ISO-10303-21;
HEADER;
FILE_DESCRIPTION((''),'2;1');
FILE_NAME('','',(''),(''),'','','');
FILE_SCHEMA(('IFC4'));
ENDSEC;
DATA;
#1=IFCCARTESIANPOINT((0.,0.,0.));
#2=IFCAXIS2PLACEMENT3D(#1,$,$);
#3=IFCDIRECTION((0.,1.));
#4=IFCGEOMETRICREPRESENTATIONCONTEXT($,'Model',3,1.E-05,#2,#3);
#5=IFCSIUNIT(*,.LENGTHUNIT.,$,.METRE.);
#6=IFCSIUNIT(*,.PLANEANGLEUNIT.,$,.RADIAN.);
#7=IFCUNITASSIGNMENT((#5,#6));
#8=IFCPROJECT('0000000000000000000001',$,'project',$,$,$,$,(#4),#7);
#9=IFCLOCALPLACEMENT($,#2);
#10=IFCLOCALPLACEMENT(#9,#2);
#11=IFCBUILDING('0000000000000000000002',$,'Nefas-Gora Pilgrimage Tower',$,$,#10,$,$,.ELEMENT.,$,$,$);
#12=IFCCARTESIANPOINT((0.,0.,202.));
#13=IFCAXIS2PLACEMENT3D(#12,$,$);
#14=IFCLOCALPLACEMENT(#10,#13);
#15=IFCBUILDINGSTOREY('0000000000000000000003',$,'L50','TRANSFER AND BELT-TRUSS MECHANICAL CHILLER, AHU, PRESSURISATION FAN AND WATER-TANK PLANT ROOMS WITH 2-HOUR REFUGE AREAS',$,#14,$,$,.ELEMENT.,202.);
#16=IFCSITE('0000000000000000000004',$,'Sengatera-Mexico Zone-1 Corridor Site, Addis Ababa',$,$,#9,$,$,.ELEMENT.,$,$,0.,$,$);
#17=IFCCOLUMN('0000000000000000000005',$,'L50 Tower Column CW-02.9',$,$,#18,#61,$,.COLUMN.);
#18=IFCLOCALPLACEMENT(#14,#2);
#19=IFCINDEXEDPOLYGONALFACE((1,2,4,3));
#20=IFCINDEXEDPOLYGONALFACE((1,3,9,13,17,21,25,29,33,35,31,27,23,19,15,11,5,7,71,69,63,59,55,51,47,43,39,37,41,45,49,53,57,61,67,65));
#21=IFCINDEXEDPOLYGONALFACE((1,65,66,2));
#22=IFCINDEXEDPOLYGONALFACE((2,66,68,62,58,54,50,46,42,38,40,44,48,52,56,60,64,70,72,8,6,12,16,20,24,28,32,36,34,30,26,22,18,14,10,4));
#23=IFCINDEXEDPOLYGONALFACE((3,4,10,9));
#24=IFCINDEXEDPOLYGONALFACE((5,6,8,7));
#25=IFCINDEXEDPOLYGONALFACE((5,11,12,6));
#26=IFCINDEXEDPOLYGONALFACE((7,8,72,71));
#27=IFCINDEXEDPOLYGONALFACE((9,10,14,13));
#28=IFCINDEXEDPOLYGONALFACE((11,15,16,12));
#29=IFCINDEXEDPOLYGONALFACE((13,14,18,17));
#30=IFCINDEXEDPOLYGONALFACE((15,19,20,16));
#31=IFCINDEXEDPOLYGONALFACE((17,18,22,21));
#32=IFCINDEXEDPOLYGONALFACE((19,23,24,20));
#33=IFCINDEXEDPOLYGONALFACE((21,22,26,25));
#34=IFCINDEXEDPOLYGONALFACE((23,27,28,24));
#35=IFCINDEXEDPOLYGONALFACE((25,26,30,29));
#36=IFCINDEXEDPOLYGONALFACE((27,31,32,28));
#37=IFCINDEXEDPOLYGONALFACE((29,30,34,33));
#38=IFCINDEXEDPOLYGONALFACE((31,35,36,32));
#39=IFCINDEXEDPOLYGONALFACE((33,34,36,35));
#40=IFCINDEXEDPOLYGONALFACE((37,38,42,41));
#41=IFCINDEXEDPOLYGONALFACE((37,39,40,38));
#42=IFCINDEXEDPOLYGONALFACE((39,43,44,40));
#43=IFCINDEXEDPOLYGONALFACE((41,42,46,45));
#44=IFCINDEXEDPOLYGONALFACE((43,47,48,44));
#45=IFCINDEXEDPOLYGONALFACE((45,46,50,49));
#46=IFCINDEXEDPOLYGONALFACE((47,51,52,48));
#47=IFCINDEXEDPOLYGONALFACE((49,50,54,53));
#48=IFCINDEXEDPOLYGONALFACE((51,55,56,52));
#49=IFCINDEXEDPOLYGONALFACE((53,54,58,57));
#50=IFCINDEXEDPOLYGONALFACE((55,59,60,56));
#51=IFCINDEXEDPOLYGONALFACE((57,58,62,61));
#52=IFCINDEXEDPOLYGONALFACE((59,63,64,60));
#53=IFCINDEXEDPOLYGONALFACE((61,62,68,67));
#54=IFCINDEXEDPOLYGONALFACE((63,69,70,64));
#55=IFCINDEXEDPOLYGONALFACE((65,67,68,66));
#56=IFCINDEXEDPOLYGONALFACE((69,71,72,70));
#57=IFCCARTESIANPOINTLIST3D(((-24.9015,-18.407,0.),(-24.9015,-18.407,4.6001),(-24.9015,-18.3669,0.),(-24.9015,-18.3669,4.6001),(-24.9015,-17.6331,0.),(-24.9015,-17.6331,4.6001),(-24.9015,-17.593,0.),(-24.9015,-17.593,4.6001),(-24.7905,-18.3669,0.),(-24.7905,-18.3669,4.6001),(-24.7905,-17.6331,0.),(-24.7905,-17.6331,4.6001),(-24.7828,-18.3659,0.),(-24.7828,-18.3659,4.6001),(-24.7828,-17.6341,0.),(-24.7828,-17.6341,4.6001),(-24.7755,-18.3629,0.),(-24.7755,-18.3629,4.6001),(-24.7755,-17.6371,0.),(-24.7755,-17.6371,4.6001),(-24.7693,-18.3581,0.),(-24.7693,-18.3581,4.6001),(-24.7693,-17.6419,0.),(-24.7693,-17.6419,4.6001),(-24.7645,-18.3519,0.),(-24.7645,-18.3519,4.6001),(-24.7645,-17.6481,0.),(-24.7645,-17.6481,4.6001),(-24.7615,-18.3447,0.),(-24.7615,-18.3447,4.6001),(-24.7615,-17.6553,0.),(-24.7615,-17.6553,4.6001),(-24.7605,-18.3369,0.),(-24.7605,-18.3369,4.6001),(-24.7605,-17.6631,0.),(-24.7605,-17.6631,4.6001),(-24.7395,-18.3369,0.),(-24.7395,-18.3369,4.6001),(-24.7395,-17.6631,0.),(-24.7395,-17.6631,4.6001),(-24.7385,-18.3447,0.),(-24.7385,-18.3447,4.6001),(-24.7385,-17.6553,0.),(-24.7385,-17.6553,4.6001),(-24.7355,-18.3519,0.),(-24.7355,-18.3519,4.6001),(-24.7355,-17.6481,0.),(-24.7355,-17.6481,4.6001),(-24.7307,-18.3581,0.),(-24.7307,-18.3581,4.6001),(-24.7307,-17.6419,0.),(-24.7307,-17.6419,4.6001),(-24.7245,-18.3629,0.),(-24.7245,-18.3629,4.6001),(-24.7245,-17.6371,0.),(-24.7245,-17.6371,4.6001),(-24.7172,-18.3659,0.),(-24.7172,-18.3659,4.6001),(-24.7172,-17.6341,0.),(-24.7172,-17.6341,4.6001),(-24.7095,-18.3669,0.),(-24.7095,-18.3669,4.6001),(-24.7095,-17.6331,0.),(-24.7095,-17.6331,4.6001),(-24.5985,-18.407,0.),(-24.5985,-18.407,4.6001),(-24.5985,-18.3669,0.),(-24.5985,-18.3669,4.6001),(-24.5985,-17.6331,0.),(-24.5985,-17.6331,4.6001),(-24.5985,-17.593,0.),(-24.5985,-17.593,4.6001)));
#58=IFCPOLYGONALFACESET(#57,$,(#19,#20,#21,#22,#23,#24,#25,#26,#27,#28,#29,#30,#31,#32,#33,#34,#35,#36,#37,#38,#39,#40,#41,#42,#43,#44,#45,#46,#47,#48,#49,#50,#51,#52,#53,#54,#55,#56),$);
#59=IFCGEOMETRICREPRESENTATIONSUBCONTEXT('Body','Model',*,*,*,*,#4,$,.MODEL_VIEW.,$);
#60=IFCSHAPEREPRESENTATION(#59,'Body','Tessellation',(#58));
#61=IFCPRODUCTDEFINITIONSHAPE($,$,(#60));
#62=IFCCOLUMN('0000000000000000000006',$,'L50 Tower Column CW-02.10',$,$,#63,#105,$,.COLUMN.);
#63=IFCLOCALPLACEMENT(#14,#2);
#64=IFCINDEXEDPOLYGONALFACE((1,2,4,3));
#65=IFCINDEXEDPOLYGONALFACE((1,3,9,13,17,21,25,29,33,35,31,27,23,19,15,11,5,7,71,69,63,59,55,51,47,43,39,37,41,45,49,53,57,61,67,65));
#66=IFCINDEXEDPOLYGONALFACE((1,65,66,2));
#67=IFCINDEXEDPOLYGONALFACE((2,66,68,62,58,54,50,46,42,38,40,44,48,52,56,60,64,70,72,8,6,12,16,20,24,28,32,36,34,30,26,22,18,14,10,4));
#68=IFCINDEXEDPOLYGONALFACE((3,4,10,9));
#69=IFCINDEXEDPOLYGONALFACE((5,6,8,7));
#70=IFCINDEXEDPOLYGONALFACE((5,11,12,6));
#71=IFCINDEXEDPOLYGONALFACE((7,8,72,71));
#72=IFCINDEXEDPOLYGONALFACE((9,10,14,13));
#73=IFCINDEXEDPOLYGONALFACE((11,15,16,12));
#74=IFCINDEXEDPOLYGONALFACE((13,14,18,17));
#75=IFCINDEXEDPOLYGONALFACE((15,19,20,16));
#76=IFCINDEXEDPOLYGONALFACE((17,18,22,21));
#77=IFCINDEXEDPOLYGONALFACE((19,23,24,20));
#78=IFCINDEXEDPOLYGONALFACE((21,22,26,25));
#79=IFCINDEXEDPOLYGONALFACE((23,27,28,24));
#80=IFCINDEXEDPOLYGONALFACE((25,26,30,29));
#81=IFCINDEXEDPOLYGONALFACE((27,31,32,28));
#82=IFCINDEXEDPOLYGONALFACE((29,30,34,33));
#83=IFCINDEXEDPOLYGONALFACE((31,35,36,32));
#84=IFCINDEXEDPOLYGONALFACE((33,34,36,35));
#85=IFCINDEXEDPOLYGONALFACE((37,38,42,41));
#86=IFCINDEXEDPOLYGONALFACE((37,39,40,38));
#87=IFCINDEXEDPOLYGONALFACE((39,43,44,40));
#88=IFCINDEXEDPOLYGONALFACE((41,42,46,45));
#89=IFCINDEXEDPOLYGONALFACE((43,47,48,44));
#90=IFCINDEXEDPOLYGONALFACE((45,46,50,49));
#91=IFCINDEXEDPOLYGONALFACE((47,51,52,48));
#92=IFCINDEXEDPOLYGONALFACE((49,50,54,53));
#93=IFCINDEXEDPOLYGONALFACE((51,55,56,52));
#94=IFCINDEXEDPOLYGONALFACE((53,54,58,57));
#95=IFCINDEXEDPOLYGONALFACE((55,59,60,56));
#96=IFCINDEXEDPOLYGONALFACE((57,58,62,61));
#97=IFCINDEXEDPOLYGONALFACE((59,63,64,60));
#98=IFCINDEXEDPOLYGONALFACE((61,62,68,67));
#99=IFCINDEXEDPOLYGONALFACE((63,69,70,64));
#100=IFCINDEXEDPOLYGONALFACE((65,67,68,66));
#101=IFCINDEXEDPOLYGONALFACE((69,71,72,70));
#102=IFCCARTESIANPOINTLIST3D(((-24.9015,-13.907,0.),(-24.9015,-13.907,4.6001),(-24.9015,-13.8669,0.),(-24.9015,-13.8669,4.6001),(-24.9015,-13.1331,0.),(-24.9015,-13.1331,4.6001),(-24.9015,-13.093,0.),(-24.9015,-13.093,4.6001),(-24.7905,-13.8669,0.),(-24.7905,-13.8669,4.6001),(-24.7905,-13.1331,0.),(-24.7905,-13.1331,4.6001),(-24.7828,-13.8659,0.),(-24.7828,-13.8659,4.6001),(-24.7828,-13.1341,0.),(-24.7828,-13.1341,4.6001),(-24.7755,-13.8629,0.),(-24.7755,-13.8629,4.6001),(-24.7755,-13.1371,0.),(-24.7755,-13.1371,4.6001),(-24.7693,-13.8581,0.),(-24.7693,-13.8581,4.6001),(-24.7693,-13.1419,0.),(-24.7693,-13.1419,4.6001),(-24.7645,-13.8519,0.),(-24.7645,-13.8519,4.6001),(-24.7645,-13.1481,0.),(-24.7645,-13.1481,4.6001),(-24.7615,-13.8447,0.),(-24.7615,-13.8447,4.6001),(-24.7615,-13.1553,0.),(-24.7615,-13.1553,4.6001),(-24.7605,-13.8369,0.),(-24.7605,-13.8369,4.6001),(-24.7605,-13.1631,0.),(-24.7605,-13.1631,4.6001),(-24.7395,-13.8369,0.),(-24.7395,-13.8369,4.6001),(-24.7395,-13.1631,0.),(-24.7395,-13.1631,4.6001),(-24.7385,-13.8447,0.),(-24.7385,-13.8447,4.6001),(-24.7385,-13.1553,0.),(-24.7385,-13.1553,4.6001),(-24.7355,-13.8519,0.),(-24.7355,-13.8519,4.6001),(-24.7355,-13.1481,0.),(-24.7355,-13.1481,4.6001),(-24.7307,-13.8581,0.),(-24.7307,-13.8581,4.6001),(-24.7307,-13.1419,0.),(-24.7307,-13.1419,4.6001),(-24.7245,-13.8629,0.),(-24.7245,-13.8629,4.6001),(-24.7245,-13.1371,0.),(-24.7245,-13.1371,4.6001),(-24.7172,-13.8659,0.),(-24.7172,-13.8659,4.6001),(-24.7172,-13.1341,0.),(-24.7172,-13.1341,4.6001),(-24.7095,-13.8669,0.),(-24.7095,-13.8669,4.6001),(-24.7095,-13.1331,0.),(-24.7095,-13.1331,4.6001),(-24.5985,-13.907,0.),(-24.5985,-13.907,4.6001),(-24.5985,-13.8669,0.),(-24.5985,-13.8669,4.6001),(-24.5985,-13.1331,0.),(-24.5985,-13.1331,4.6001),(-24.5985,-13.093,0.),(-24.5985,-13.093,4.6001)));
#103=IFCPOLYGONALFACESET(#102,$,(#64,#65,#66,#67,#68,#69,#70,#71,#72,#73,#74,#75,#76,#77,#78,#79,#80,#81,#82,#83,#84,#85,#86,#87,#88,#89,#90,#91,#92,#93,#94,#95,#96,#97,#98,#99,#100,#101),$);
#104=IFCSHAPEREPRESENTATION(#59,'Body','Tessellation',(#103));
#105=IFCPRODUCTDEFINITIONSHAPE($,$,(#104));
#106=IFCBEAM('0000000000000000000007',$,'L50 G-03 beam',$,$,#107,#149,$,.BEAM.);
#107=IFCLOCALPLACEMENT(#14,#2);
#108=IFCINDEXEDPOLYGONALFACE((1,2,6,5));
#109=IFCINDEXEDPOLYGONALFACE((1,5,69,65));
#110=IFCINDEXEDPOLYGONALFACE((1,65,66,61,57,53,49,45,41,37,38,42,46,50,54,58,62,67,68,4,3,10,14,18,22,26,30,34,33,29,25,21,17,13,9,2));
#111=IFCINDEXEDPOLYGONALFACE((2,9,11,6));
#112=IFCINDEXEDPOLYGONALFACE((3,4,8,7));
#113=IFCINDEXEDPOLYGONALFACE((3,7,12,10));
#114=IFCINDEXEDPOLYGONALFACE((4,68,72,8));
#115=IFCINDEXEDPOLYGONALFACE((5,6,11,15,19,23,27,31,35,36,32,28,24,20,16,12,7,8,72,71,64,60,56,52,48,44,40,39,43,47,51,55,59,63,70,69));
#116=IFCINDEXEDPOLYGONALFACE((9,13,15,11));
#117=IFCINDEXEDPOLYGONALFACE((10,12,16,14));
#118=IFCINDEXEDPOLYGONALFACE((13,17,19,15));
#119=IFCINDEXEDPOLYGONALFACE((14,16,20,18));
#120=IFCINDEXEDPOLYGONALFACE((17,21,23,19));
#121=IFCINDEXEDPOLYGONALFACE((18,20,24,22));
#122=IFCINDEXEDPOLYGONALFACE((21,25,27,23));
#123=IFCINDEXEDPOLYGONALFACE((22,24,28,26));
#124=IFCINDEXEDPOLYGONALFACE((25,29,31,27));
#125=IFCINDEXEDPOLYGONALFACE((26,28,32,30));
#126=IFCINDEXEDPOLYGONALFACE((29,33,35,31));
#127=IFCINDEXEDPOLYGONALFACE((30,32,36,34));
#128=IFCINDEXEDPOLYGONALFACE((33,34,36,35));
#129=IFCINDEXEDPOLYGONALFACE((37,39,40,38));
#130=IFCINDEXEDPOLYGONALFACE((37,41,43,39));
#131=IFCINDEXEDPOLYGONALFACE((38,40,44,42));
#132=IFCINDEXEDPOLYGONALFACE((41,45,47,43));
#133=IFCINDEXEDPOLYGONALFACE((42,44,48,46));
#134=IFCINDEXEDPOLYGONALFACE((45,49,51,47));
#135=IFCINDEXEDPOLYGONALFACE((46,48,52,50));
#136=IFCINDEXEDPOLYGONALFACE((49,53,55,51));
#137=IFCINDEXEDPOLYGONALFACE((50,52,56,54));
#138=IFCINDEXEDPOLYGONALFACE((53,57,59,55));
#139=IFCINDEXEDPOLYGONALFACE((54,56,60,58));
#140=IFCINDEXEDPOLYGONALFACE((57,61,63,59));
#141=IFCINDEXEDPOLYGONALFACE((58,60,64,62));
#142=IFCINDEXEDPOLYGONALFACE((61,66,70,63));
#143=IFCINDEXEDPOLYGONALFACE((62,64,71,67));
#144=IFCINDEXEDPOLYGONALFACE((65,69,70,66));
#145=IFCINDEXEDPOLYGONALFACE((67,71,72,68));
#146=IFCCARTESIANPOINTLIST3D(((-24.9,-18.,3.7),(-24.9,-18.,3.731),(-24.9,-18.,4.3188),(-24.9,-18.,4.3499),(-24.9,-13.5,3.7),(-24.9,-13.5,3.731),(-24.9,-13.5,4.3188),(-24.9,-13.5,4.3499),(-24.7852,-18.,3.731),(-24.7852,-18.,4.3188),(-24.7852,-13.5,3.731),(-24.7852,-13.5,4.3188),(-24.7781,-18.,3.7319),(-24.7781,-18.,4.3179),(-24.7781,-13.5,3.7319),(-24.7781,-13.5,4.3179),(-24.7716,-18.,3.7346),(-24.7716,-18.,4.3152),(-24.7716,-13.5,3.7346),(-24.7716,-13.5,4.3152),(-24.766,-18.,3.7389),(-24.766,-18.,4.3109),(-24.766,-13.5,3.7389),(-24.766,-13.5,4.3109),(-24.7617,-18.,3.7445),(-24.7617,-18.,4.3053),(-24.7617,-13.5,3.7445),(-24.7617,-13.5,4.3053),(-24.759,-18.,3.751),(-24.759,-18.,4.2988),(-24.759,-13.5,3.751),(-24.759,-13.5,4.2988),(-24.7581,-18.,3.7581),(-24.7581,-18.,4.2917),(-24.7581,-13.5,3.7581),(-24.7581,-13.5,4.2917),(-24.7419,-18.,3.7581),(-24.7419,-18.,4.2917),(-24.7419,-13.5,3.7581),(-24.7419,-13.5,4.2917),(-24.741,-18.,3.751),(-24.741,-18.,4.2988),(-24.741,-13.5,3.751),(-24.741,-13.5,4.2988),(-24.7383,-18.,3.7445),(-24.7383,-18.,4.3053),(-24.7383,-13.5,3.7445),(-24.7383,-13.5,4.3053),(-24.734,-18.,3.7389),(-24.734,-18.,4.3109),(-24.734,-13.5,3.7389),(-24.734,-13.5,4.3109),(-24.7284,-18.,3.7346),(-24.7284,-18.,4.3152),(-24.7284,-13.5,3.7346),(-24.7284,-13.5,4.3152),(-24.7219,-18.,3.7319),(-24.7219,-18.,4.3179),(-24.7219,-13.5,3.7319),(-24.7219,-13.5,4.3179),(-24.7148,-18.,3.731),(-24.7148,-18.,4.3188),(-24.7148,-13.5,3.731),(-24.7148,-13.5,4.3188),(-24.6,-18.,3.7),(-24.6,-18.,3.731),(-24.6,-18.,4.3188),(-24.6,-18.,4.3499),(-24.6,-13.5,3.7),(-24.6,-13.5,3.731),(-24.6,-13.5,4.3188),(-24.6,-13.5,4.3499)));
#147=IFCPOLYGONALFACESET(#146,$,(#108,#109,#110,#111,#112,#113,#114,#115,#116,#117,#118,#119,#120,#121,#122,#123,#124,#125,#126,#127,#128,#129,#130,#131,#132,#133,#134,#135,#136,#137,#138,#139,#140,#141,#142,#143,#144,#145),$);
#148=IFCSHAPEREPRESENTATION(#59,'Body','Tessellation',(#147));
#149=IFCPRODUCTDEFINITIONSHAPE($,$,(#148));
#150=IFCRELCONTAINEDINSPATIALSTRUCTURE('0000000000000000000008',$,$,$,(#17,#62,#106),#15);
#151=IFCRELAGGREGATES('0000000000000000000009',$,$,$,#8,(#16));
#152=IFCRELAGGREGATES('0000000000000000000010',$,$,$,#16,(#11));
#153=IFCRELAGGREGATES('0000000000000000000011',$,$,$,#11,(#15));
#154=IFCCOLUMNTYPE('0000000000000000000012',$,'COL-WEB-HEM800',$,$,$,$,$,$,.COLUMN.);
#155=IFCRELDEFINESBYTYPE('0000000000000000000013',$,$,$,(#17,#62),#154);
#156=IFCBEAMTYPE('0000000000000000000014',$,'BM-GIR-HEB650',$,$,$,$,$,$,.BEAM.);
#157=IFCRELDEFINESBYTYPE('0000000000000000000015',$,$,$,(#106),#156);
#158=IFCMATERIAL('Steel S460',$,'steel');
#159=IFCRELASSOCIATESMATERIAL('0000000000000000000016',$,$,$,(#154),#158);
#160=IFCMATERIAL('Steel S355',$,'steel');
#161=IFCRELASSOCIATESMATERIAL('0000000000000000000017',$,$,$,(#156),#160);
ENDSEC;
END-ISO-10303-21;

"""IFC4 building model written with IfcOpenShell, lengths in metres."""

from ifc_helpers import new_model, si_unit, direction, frame, origin, origin_2d, place, context, subcontext, project, spatial, i_section, extrude, source, transform, mapped, material, material_profile, profile_set, type_object, element, save


model = new_model("IFC4")

# Units and contexts
model_context = context("Model", 3, precision=1e-05, world=origin(), true_north=direction((0.0, 1.0)))
body_context = subcontext(model_context, "Body", "Model", "MODEL_VIEW")
ifc_project = project(units=[si_unit("LENGTHUNIT", "METRE"), si_unit("PLANEANGLEUNIT", "RADIAN")], contexts=[model_context])

# Site, building, storey
site_placement = place(None, origin())
site = spatial("IfcSite", under=ifc_project, at=site_placement, Name="Sengatera-Mexico Zone-1 Corridor Site, Addis Ababa", CompositionType="ELEMENT", RefElevation=0.0)
building_placement = place(site_placement, origin())
building = spatial("IfcBuilding", under=site, at=building_placement, Name="Nefas-Gora Pilgrimage Tower", CompositionType="ELEMENT")
storey_placement = place(building_placement, frame((0.0, 0.0, 202.0)))
storey = spatial("IfcBuildingStorey", under=building, at=storey_placement, Name="L50", Description="TRANSFER AND BELT-TRUSS MECHANICAL CHILLER, AHU, PRESSURISATION FAN AND WATER-TANK PLANT ROOMS WITH 2-HOUR REFUGE AREAS", CompositionType="ELEMENT", Elevation=202.0)

# Columns
ifc_material_1 = material(Name="Steel S460", Category="steel")
ifc_material_profile_1 = material_profile(ifc_material_1, i_section(OverallWidth=0.303, OverallDepth=0.814, WebThickness=0.021, FlangeThickness=0.04, FilletRadius=0.03, at=origin_2d()), Name="HEM 800")
ifc_profile_set_1 = profile_set([ifc_material_profile_1], Name="Steel S460")
column_type_1 = type_object("IfcColumnType", Name="COL-WEB-HEM800", PredefinedType="COLUMN", material=ifc_profile_set_1)
shared_shape_1 = source(origin(), body_context, "Body", "SweptSolid", [
    extrude(i_section(OverallWidth=0.303, OverallDepth=0.814, WebThickness=0.021, FlangeThickness=0.04, FilletRadius=0.03, at=origin_2d()), origin(), (0.0, 0.0, 1.0), 4.6001),
])
for number, where, z_axis, x_axis, name in (
    (1, (-24.75, -18.0, 0.0), (0.0, 0.0, 1.0), (1.0, 0.0, 0.0), "L50 Tower Column CW-02.9"),
    (2, (-24.75, -13.5, 0.0), (0.0, 0.0, 1.0), (1.0, 0.0, 0.0), "L50 Tower Column CW-02.10"),
):
    element("IfcColumn", number, at=place(storey_placement, frame(where, z_axis=z_axis, x_axis=x_axis)), inside=storey, type_object=column_type_1, Name=name, PredefinedType="COLUMN", context=body_context, shape_type="MappedRepresentation", body=[
        mapped(shared_shape_1, transform((0.0, 0.0, 0.0), x_axis=(1.0, 0.0, 0.0), y_axis=(0.0, 1.0, 0.0), z_axis=(0.0, 0.0, 1.0), scale=1.0)),
    ])

# Beam
ifc_material_2 = material(Name="Steel S355", Category="steel")
ifc_material_profile_2 = material_profile(ifc_material_2, i_section(OverallWidth=0.3, OverallDepth=0.6499, WebThickness=0.0161, FlangeThickness=0.031, FilletRadius=0.0271, at=origin_2d()), Name="HEB 650")
ifc_profile_set_2 = profile_set([ifc_material_profile_2], Name="Steel S355")
beam_type = type_object("IfcBeamType", Name="BM-GIR-HEB650", PredefinedType="BEAM", material=ifc_profile_set_2)
shared_shape_2 = source(origin(), body_context, "Body", "SweptSolid", [
    extrude(i_section(OverallWidth=0.3, OverallDepth=0.6499, WebThickness=0.0161, FlangeThickness=0.031, FilletRadius=0.0271, at=origin_2d()), origin(), (0.0, 0.0, 1.0), 4.5),
])
beam_placement = place(storey_placement, frame((-24.75, -18.0, 4.0249), z_axis=(0.0, 1.0, 0.0), x_axis=(-1.0, 0.0, 0.0)))
element("IfcBeam", 3, at=beam_placement, inside=storey, type_object=beam_type, Name="L50 G-03 beam", PredefinedType="BEAM", context=body_context, shape_type="MappedRepresentation", body=[
    mapped(shared_shape_2, transform((0.0, 0.0, 0.0), x_axis=(1.0, 0.0, 0.0), y_axis=(0.0, 1.0, 0.0), z_axis=(0.0, 0.0, 1.0), scale=1.0)),
])

save(model, "model.ifc")
